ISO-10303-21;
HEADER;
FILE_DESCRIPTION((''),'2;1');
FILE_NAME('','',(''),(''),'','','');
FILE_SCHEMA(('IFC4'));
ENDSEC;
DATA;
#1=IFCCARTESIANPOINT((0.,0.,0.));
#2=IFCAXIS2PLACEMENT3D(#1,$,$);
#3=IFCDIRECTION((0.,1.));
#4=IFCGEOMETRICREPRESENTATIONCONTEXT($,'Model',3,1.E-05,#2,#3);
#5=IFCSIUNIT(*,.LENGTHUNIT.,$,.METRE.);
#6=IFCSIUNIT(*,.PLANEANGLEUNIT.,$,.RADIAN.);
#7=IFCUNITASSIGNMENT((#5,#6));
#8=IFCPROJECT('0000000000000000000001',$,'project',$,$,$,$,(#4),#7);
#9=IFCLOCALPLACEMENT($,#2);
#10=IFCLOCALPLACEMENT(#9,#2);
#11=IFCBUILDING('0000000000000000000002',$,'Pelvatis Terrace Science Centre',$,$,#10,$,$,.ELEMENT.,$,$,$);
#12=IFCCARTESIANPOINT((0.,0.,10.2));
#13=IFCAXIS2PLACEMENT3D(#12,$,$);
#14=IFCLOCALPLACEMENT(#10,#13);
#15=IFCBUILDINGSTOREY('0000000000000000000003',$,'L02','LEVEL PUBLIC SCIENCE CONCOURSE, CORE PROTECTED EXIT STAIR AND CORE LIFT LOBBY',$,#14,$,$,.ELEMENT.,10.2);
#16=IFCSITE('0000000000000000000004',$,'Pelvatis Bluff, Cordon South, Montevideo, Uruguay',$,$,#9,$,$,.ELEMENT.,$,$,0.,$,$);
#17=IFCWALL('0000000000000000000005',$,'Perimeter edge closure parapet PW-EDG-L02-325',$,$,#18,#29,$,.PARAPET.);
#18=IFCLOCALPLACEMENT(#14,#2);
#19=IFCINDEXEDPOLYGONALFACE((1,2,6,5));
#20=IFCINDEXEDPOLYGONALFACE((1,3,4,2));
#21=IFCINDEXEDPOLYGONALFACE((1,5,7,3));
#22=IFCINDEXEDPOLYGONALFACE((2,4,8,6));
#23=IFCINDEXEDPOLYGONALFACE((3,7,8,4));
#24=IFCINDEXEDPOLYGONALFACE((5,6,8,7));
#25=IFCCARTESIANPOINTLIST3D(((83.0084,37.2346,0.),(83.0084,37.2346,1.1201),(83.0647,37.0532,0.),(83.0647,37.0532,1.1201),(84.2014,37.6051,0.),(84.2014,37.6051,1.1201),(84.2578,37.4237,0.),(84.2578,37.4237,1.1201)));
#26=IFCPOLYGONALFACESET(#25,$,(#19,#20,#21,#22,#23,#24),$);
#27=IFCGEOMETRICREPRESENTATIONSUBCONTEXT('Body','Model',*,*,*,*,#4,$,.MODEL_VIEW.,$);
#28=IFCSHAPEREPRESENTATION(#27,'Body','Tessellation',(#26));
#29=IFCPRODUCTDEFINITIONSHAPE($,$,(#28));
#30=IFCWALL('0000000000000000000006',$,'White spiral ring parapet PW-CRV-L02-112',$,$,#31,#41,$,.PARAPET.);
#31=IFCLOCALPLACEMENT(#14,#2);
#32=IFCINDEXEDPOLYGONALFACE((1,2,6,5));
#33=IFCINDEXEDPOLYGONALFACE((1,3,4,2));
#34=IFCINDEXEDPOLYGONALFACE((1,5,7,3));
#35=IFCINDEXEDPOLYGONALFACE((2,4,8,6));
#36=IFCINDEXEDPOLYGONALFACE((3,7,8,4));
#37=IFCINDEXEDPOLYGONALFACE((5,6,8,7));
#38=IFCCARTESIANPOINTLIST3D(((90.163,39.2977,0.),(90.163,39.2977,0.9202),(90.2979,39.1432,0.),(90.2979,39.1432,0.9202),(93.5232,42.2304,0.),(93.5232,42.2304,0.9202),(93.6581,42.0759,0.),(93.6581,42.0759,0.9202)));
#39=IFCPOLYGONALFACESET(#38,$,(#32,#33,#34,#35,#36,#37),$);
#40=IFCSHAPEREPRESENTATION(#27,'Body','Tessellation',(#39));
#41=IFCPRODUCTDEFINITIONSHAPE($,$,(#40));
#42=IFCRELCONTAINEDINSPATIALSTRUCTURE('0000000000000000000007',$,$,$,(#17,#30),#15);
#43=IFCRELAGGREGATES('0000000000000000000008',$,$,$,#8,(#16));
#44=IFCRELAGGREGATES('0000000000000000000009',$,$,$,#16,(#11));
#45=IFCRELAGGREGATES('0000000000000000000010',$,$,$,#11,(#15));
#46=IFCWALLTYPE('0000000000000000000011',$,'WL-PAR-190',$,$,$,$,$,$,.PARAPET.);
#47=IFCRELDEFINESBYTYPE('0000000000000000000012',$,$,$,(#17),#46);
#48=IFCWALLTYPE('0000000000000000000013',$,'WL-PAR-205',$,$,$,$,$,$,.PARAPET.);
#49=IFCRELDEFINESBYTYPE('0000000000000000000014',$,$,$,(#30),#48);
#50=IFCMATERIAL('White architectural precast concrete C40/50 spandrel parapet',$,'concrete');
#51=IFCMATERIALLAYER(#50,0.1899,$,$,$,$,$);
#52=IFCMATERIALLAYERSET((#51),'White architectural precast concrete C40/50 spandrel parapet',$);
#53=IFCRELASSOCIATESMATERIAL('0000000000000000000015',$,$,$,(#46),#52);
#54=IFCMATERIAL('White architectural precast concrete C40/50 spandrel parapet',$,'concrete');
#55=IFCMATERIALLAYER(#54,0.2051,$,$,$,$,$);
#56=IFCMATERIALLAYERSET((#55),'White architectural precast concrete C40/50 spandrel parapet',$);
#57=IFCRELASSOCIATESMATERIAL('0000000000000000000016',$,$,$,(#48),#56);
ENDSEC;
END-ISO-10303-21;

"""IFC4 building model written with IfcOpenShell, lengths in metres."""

from ifc_helpers import new_model, si_unit, direction, frame, frame_2d, origin, place, context, subcontext, project, spatial, rectangle, extrude, material, layer, layer_set, type_object, element, save


model = new_model("IFC4")

# Units and contexts
model_context = context("Model", 3, precision=1e-05, world=origin(), true_north=direction((0.0, 1.0)))
body_context = subcontext(model_context, "Body", "Model", "MODEL_VIEW")
ifc_project = project(units=[si_unit("LENGTHUNIT", "METRE"), si_unit("PLANEANGLEUNIT", "RADIAN")], contexts=[model_context])

# Site, building, storey
site_placement = place(None, origin())
site = spatial("IfcSite", under=ifc_project, at=site_placement, Name="Pelvatis Bluff, Cordon South, Montevideo, Uruguay", CompositionType="ELEMENT", RefElevation=0.0)
building_placement = place(site_placement, origin())
building = spatial("IfcBuilding", under=site, at=building_placement, Name="Pelvatis Terrace Science Centre", CompositionType="ELEMENT")
storey_placement = place(building_placement, frame((0.0, 0.0, 10.2)))
storey = spatial("IfcBuildingStorey", under=building, at=storey_placement, Name="L02", Description="LEVEL PUBLIC SCIENCE CONCOURSE, CORE PROTECTED EXIT STAIR AND CORE LIFT LOBBY", CompositionType="ELEMENT", Elevation=10.2)

# Walls
ifc_material_1 = material(Name="White architectural precast concrete C40/50 spandrel parapet", Category="concrete")
ifc_layer_1 = layer(ifc_material_1, 0.1899)
ifc_layer_set_1 = layer_set([ifc_layer_1], Name="White architectural precast concrete C40/50 spandrel parapet")
wall_type_1 = type_object("IfcWallType", Name="WL-PAR-190", PredefinedType="PARAPET", material=ifc_layer_set_1)
wall_1_placement = place(storey_placement, frame((84.2295, 37.5144, 0.0), z_axis=(0.0, 0.0, 1.0), x_axis=(-0.95499, -0.296639, 0.0)))
element("IfcWall", 1, at=wall_1_placement, inside=storey, type_object=wall_type_1, Name="Perimeter edge closure parapet PW-EDG-L02-325", PredefinedType="PARAPET", context=body_context, shape_type="SweptSolid", body=[
    extrude(rectangle(XDim=1.2493, YDim=0.1899, at=frame_2d((0.6245, 0.0))), origin(), (0.0, 0.0, 1.0), 1.1201),
])
ifc_material_2 = material(Name="White architectural precast concrete C40/50 spandrel parapet", Category="concrete")
ifc_layer_2 = layer(ifc_material_2, 0.2051)
ifc_layer_set_2 = layer_set([ifc_layer_2], Name="White architectural precast concrete C40/50 spandrel parapet")
wall_type_2 = type_object("IfcWallType", Name="WL-PAR-205", PredefinedType="PARAPET", material=ifc_layer_set_2)
wall_2_placement = place(storey_placement, frame((90.2305, 39.2205, 0.0), z_axis=(0.0, 0.0, 1.0), x_axis=(0.753407, 0.657555, 0.0)))
element("IfcWall", 2, at=wall_2_placement, inside=storey, type_object=wall_type_2, Name="White spiral ring parapet PW-CRV-L02-112", PredefinedType="PARAPET", context=body_context, shape_type="SweptSolid", body=[
    extrude(rectangle(XDim=4.46, YDim=0.2051, at=frame_2d((2.23, 0.0))), origin(), (0.0, 0.0, 1.0), 0.9202),
])

save(model, "model.ifc")
